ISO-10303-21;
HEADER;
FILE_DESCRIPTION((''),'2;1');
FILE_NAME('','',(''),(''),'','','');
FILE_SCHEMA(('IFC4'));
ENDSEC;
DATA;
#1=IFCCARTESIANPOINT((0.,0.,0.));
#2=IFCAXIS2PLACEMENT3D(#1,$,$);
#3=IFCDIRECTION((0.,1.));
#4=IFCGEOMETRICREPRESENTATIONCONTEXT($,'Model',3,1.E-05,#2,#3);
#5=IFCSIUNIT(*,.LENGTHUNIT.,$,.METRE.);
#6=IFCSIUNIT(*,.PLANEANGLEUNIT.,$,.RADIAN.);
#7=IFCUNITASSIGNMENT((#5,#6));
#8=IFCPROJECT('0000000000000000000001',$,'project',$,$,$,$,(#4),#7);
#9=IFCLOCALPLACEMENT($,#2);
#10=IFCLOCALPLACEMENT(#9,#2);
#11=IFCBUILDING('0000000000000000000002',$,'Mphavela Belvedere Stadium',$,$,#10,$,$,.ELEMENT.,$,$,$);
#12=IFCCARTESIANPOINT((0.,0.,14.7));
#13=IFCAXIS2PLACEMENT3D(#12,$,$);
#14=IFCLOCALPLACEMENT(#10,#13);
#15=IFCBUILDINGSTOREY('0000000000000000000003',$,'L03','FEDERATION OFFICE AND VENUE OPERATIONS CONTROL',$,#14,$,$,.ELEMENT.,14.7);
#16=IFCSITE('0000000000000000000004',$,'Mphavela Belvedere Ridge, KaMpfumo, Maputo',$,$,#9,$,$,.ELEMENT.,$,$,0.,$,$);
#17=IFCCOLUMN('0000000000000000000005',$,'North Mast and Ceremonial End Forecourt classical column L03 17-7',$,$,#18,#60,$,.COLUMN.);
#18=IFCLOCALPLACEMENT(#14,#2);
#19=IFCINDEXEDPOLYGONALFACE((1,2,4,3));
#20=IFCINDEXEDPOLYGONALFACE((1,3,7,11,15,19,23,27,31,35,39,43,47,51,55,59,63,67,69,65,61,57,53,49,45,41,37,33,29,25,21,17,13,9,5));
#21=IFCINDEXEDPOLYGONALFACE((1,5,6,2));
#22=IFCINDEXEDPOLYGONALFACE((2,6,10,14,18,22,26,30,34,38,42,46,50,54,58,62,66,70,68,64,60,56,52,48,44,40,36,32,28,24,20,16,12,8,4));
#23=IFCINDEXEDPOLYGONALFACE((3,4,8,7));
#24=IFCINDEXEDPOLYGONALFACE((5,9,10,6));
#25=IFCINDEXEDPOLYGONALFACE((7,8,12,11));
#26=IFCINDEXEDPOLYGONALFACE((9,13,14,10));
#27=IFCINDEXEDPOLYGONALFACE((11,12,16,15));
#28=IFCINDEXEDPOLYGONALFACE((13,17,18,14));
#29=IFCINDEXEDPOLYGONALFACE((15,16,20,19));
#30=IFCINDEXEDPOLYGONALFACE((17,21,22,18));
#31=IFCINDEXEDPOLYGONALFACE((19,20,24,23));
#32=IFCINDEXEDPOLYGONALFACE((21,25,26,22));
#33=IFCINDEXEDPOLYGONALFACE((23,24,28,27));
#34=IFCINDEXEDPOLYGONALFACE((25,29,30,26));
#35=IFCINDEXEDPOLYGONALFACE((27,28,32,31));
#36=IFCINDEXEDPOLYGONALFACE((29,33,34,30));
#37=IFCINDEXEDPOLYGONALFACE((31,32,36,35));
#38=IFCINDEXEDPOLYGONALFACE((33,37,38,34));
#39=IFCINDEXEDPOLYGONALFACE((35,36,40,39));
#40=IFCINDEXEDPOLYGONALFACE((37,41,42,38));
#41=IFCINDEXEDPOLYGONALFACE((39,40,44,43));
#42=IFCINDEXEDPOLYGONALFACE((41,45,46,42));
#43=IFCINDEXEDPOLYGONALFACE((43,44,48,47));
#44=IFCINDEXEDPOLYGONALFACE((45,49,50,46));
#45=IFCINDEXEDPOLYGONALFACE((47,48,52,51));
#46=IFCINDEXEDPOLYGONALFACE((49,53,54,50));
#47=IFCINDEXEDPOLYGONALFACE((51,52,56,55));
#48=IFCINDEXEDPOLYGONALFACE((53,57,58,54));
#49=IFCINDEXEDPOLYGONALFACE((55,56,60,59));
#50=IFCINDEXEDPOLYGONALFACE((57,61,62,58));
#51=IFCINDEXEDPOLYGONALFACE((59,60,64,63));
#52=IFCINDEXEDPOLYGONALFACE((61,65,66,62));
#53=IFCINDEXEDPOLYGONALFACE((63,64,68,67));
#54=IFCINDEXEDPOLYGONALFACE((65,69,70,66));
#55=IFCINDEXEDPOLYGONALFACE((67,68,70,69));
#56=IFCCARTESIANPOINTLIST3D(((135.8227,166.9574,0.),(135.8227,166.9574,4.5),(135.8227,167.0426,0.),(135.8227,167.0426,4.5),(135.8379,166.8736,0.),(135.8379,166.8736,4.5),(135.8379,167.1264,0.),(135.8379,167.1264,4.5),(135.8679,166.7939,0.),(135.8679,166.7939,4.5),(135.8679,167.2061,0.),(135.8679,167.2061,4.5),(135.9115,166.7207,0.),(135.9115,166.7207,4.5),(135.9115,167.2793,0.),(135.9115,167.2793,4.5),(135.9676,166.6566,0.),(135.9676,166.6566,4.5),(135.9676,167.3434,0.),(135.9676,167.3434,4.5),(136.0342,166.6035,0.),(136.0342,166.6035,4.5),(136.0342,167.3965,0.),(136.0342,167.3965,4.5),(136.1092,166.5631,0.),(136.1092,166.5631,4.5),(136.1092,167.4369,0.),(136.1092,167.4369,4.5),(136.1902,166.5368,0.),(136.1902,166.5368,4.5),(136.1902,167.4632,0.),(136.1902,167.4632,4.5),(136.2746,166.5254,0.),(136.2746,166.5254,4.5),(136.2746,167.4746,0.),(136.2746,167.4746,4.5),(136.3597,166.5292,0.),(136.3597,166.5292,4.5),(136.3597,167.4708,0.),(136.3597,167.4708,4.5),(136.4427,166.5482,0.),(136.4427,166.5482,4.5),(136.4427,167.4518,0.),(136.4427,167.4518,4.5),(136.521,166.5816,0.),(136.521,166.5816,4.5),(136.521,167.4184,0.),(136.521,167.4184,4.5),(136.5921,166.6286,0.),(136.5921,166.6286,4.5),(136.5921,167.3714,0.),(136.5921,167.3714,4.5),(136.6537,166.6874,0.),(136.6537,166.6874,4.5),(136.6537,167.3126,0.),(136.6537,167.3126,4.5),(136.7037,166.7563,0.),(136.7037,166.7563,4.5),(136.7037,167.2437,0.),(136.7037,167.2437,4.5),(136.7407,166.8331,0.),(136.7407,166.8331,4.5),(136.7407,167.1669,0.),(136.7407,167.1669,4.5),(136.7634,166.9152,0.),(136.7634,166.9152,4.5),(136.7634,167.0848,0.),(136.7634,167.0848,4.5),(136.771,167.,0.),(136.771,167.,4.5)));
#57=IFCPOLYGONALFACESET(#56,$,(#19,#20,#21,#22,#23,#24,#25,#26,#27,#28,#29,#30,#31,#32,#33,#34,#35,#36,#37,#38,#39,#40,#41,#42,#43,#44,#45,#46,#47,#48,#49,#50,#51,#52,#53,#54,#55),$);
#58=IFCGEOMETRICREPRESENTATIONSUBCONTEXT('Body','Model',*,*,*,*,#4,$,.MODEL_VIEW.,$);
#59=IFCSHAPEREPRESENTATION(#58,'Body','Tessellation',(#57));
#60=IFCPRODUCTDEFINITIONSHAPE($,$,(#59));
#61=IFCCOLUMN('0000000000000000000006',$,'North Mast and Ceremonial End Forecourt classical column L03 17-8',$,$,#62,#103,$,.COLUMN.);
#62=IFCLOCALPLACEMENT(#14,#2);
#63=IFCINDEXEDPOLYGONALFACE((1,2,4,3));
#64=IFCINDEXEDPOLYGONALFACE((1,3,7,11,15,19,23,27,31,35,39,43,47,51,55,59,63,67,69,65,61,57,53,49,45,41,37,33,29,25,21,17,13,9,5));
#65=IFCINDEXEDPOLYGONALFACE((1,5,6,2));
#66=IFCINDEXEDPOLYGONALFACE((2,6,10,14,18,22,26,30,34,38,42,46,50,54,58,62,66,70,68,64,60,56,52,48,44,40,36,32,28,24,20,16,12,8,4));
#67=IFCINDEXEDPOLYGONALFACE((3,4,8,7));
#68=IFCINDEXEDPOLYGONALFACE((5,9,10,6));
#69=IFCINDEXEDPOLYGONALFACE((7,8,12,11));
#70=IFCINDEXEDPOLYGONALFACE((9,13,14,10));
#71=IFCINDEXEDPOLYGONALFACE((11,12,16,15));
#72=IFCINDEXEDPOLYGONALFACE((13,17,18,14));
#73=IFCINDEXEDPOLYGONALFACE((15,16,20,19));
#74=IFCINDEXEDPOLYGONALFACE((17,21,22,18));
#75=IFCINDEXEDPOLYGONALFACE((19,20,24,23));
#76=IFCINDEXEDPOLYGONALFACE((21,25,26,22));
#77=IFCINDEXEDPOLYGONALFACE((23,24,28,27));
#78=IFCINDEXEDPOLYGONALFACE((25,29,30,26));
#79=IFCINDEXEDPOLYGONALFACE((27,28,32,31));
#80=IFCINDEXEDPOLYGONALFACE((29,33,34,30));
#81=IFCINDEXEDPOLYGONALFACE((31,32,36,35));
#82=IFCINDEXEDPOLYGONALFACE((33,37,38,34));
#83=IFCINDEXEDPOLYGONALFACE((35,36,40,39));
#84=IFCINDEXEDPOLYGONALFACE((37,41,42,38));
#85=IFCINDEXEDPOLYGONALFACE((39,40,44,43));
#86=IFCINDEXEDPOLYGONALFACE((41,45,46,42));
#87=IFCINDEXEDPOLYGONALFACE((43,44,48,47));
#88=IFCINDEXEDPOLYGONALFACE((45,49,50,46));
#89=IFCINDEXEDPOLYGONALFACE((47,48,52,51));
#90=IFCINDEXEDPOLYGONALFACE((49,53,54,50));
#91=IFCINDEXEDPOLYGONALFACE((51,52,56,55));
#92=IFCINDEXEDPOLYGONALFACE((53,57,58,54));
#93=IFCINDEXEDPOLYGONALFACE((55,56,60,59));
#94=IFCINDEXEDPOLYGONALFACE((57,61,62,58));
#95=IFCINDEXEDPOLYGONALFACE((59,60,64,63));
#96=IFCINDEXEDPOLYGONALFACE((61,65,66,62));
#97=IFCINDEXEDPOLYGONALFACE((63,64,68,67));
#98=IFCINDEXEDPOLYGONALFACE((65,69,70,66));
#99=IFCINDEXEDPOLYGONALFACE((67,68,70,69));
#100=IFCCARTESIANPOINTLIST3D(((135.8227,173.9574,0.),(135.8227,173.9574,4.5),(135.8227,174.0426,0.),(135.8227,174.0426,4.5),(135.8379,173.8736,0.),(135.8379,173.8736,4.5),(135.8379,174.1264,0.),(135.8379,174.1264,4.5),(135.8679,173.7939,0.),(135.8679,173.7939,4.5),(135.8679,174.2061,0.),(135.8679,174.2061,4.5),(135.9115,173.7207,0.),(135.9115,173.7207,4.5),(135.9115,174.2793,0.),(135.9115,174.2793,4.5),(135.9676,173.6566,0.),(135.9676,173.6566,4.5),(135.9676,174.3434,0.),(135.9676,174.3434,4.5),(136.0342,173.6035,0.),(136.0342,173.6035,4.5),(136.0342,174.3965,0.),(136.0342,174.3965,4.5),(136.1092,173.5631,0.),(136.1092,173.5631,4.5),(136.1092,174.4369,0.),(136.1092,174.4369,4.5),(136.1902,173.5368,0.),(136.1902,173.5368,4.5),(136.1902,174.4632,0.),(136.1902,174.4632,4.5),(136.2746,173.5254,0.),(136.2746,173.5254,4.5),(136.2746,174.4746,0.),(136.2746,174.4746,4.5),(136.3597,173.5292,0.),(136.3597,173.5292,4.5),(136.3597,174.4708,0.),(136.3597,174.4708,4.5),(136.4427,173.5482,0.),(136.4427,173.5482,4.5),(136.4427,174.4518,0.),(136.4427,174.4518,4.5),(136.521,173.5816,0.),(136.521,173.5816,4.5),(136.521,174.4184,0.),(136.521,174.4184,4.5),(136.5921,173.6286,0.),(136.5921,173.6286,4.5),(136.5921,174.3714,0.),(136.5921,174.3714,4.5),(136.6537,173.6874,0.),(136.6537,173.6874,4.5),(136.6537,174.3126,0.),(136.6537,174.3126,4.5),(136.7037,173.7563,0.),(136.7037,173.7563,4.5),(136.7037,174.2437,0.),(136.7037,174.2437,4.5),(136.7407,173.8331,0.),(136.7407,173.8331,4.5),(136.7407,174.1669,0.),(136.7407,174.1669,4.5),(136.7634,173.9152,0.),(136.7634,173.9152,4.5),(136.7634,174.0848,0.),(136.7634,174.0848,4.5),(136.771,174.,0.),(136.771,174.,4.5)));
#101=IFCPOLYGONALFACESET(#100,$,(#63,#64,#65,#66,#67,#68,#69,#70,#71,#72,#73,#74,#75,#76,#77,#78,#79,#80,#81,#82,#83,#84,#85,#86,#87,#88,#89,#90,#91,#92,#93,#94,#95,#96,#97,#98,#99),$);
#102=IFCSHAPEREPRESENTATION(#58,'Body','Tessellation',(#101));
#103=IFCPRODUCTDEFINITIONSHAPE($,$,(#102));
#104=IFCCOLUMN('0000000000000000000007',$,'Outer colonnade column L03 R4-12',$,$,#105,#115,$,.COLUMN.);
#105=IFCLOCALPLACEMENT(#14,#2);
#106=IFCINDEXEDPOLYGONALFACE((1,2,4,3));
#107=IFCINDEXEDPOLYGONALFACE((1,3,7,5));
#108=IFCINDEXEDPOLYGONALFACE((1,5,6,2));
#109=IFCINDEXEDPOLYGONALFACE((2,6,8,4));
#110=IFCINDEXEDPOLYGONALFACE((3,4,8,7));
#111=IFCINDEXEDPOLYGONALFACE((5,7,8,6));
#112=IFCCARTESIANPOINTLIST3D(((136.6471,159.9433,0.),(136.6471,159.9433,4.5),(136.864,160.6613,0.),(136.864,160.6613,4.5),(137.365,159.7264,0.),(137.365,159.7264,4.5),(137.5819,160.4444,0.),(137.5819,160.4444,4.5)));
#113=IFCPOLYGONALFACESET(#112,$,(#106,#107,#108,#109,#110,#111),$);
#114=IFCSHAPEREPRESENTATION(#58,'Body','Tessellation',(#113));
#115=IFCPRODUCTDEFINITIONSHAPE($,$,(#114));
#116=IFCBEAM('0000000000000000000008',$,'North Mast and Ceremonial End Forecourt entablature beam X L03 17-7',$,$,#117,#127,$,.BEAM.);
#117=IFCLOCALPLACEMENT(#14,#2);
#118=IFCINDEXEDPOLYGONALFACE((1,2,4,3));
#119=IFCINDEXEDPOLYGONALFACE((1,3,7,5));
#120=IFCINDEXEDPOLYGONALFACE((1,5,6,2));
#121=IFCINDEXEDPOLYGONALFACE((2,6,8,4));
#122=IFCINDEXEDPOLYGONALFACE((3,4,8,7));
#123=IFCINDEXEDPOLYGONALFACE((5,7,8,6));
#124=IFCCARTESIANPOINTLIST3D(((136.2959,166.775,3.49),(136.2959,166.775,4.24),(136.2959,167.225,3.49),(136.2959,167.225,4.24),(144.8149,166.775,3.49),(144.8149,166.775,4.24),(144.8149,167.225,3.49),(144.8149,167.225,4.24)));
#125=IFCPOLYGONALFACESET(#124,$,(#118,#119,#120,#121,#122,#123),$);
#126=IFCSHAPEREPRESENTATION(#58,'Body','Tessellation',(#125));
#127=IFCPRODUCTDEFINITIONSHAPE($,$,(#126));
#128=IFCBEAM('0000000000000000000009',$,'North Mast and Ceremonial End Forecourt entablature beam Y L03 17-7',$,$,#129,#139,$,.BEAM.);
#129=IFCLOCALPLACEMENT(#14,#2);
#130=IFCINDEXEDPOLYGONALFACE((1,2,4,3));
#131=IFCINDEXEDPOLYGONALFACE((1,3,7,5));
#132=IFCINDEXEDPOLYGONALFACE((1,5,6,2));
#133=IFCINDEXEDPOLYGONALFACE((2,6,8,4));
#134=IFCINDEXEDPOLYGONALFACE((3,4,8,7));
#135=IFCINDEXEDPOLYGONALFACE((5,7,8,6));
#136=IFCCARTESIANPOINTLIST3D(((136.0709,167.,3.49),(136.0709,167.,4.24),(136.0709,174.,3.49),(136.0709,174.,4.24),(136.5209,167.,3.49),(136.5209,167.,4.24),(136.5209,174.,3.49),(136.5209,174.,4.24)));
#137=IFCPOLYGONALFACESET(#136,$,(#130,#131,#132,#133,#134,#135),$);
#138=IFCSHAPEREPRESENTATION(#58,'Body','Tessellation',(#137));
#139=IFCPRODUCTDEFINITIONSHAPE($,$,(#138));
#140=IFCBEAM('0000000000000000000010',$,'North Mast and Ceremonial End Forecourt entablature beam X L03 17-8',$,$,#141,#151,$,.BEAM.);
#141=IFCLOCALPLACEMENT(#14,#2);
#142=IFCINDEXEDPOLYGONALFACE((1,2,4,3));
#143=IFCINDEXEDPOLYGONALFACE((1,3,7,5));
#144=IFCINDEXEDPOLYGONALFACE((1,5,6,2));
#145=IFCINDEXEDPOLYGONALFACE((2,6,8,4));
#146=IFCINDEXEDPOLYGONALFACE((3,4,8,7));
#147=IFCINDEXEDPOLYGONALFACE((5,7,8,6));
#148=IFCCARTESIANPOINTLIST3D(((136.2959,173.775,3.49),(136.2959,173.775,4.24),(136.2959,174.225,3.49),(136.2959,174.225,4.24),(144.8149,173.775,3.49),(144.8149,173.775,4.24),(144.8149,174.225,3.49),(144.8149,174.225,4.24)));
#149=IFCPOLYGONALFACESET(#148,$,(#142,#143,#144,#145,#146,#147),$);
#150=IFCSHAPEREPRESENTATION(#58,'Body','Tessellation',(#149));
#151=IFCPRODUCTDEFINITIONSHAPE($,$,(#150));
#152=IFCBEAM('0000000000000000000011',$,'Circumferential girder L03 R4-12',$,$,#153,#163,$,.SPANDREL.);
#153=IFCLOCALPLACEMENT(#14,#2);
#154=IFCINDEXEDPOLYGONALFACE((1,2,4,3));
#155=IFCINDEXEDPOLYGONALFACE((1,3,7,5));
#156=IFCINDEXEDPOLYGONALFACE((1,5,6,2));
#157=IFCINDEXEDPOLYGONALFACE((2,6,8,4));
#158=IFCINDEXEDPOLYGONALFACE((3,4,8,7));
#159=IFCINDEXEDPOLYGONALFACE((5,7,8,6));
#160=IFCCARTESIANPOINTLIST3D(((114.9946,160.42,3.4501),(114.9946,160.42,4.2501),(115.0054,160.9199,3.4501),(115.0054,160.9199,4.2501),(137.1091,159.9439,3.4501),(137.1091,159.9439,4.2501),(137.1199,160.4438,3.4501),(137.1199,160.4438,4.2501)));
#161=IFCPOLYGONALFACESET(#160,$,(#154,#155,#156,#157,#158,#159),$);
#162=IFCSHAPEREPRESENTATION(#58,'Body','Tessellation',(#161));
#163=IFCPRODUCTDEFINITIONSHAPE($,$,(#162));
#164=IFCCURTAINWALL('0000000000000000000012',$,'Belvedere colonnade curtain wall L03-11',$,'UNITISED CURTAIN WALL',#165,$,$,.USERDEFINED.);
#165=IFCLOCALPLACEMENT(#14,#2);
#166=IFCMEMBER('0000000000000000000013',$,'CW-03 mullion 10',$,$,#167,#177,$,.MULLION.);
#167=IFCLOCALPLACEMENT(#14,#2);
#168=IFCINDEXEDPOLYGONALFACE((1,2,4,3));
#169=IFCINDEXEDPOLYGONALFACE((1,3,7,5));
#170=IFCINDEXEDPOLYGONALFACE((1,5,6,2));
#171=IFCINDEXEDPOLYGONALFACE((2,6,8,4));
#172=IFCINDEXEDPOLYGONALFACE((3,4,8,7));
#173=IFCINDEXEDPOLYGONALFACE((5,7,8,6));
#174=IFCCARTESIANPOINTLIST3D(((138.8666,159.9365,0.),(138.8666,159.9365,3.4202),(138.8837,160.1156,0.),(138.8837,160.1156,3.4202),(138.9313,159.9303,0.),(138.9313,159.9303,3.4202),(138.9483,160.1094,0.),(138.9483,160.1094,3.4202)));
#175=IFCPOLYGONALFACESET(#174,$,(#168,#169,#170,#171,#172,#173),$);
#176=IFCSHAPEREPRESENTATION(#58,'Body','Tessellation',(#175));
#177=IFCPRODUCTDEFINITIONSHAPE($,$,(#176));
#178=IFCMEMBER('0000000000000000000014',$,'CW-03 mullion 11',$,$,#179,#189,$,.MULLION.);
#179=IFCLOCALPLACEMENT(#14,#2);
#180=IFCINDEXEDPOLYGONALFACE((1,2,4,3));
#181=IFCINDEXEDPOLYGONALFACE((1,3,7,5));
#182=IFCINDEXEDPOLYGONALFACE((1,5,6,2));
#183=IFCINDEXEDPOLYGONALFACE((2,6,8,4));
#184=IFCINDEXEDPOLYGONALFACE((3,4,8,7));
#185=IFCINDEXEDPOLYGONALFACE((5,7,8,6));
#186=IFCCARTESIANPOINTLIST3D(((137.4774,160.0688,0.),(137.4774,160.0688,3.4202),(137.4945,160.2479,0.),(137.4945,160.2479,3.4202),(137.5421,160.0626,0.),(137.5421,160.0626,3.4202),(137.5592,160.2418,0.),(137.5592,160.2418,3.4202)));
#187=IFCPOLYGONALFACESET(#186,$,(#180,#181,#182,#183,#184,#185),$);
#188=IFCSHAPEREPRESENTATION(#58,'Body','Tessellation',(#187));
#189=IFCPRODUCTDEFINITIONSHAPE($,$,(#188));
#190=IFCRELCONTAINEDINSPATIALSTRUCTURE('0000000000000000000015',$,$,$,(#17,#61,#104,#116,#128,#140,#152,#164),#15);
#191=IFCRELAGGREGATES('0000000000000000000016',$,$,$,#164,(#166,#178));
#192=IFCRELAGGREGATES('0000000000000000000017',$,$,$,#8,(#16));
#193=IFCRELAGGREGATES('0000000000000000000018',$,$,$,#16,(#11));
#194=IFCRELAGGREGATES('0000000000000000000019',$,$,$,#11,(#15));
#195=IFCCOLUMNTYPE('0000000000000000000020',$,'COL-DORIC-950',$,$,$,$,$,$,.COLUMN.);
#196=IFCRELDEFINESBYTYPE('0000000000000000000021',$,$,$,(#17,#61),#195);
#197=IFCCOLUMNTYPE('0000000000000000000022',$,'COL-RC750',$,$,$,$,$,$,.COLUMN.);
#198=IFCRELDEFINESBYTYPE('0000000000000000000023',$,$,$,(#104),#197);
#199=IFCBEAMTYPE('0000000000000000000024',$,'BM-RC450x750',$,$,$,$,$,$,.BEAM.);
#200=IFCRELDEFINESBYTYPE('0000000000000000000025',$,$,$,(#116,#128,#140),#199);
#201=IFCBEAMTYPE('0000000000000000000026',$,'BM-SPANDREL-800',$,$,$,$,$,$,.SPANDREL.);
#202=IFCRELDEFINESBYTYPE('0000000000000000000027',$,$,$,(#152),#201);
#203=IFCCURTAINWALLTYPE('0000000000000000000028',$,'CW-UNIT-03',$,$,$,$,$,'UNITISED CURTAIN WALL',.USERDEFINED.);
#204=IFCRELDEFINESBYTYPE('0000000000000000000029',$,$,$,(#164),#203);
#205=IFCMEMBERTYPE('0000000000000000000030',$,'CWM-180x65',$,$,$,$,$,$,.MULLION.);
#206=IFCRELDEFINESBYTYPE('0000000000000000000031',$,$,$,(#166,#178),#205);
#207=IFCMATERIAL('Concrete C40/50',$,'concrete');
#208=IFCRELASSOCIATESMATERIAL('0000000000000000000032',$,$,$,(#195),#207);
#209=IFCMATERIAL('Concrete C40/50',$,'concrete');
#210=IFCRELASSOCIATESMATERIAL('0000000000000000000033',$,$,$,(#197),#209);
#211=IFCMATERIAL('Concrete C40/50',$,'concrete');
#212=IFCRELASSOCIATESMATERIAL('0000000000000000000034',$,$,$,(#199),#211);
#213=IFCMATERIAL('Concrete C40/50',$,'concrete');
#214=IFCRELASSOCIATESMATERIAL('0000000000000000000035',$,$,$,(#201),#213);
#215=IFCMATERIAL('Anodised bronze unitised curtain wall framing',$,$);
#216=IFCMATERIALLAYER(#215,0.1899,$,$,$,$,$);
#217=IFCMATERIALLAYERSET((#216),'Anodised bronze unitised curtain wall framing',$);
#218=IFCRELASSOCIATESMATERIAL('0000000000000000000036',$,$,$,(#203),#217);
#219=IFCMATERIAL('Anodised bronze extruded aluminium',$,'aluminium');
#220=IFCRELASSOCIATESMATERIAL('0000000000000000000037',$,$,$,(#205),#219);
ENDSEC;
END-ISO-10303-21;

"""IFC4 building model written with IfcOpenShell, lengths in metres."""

from ifc_helpers import new_model, si_unit, direction, frame, origin, origin_2d, place, context, subcontext, project, spatial, rectangle, circle, extrude, material, layer, layer_set, material_profile, profile_set, type_object, element, aggregate, save


model = new_model("IFC4")

# Units and contexts
model_context = context("Model", 3, precision=1e-05, world=origin(), true_north=direction((0.0, 1.0)))
body_context = subcontext(model_context, "Body", "Model", "MODEL_VIEW")
ifc_project = project(units=[si_unit("LENGTHUNIT", "METRE"), si_unit("PLANEANGLEUNIT", "RADIAN")], contexts=[model_context])

# Site, building, storey
site_placement = place(None, origin())
site = spatial("IfcSite", under=ifc_project, at=site_placement, Name="Mphavela Belvedere Ridge, KaMpfumo, Maputo", CompositionType="ELEMENT", RefElevation=0.0)
building_placement = place(site_placement, origin())
building = spatial("IfcBuilding", under=site, at=building_placement, Name="Mphavela Belvedere Stadium", CompositionType="ELEMENT")
storey_placement = place(building_placement, frame((0.0, 0.0, 14.7)))
storey = spatial("IfcBuildingStorey", under=building, at=storey_placement, Name="L03", Description="FEDERATION OFFICE AND VENUE OPERATIONS CONTROL", CompositionType="ELEMENT", Elevation=14.7)

# Columns
ifc_material_1 = material(Name="Concrete C40/50", Category="concrete")
ifc_material_profile_1 = material_profile(ifc_material_1, circle(Radius=0.4751, at=origin_2d()), Name="COL D950")
ifc_profile_set_1 = profile_set([ifc_material_profile_1], Name="Concrete C40/50")
column_type_1 = type_object("IfcColumnType", Name="COL-DORIC-950", PredefinedType="COLUMN", material=ifc_profile_set_1)
for number, where, z_axis, x_axis, name in (
    (1, (136.2959, 167.0, 0.0), (0.0, 0.0, 1.0), (1.0, 0.0, 0.0), "North Mast and Ceremonial End Forecourt classical column L03 17-7"),
    (2, (136.2959, 174.0, 0.0), (0.0, 0.0, 1.0), (1.0, 0.0, 0.0), "North Mast and Ceremonial End Forecourt classical column L03 17-8"),
):
    element("IfcColumn", number, at=place(storey_placement, frame(where, z_axis=z_axis, x_axis=x_axis)), inside=storey, type_object=column_type_1, Name=name, PredefinedType="COLUMN", context=body_context, shape_type="SweptSolid", body=[
        extrude(circle(Radius=0.4751, at=origin_2d()), origin(), (0.0, 0.0, 1.0), 4.5),
    ])
ifc_material_2 = material(Name="Concrete C40/50", Category="concrete")
ifc_material_profile_2 = material_profile(ifc_material_2, rectangle(XDim=0.75, YDim=0.75, at=origin_2d()), Name="RC 750x750")
ifc_profile_set_2 = profile_set([ifc_material_profile_2], Name="Concrete C40/50")
column_type_2 = type_object("IfcColumnType", Name="COL-RC750", PredefinedType="COLUMN", material=ifc_profile_set_2)
column_placement = place(storey_placement, frame((137.1145, 160.1938, 0.0), z_axis=(0.0, 0.0, 1.0), x_axis=(0.289199, 0.957269, 0.0)))
element("IfcColumn", 3, at=column_placement, inside=storey, type_object=column_type_2, Name="Outer colonnade column L03 R4-12", PredefinedType="COLUMN", context=body_context, shape_type="SweptSolid", body=[
    extrude(rectangle(XDim=0.75, YDim=0.75, at=origin_2d()), origin(), (0.0, 0.0, 1.0), 4.5),
])

# Beams
ifc_material_3 = material(Name="Concrete C40/50", Category="concrete")
ifc_material_profile_3 = material_profile(ifc_material_3, rectangle(XDim=0.45, YDim=0.75, at=origin_2d()), Name="RC 450x750")
ifc_profile_set_3 = profile_set([ifc_material_profile_3], Name="Concrete C40/50")
beam_type_1 = type_object("IfcBeamType", Name="BM-RC450x750", PredefinedType="BEAM", material=ifc_profile_set_3)
beam_1_placement = place(storey_placement, frame((136.2959, 167.0, 3.865), z_axis=(1.0, 0.0, 0.0), x_axis=(0.0, 1.0, 0.0)))
element("IfcBeam", 4, at=beam_1_placement, inside=storey, type_object=beam_type_1, Name="North Mast and Ceremonial End Forecourt entablature beam X L03 17-7", PredefinedType="BEAM", context=body_context, shape_type="SweptSolid", body=[
    extrude(rectangle(XDim=0.45, YDim=0.75, at=origin_2d()), origin(), (0.0, 0.0, 1.0), 8.519),
])
beam_2_placement = place(storey_placement, frame((136.2959, 167.0, 3.865), z_axis=(0.0, 1.0, 0.0), x_axis=(-1.0, 0.0, 0.0)))
element("IfcBeam", 5, at=beam_2_placement, inside=storey, type_object=beam_type_1, Name="North Mast and Ceremonial End Forecourt entablature beam Y L03 17-7", PredefinedType="BEAM", context=body_context, shape_type="SweptSolid", body=[
    extrude(rectangle(XDim=0.45, YDim=0.75, at=origin_2d()), origin(), (0.0, 0.0, 1.0), 7.0),
])
beam_3_placement = place(storey_placement, frame((136.2959, 174.0, 3.865), z_axis=(1.0, 0.0, 0.0), x_axis=(0.0, 1.0, 0.0)))
element("IfcBeam", 6, at=beam_3_placement, inside=storey, type_object=beam_type_1, Name="North Mast and Ceremonial End Forecourt entablature beam X L03 17-8", PredefinedType="BEAM", context=body_context, shape_type="SweptSolid", body=[
    extrude(rectangle(XDim=0.45, YDim=0.75, at=origin_2d()), origin(), (0.0, 0.0, 1.0), 8.519),
])
ifc_material_4 = material(Name="Concrete C40/50", Category="concrete")
ifc_material_profile_4 = material_profile(ifc_material_4, rectangle(XDim=0.5, YDim=0.8, at=origin_2d()), Name="RC 500x800")
ifc_profile_set_4 = profile_set([ifc_material_profile_4], Name="Concrete C40/50")
beam_type_2 = type_object("IfcBeamType", Name="BM-SPANDREL-800", PredefinedType="SPANDREL", material=ifc_profile_set_4)
beam_4_placement = place(storey_placement, frame((137.1145, 160.1938, 3.8501), z_axis=(-0.999768, 0.021523, 0.0), x_axis=(-0.021523, -0.999768, 0.0)))
element("IfcBeam", 7, at=beam_4_placement, inside=storey, type_object=beam_type_2, Name="Circumferential girder L03 R4-12", PredefinedType="SPANDREL", context=body_context, shape_type="SweptSolid", body=[
    extrude(rectangle(XDim=0.5, YDim=0.8, at=origin_2d()), origin(), (0.0, 0.0, 1.0), 22.1196),
])

# Curtain wall, members
ifc_material_5 = material(Name="Anodised bronze unitised curtain wall framing")
ifc_layer_1 = layer(ifc_material_5, 0.1899)
ifc_layer_set_1 = layer_set([ifc_layer_1], Name="Anodised bronze unitised curtain wall framing")
curtain_wall_type_1 = type_object("IfcCurtainWallType", Name="CW-UNIT-03", ElementType="UNITISED CURTAIN WALL", PredefinedType="USERDEFINED", material=ifc_layer_set_1)
curtain_wall_1_placement = place(storey_placement, origin())
curtain_wall_1 = element("IfcCurtainWall", 8, at=curtain_wall_1_placement, inside=storey, type_object=curtain_wall_type_1, Name="Belvedere colonnade curtain wall L03-11", ObjectType="UNITISED CURTAIN WALL", PredefinedType="USERDEFINED")
ifc_material_6 = material(Name="Anodised bronze extruded aluminium", Category="aluminium")
ifc_material_profile_5 = material_profile(ifc_material_6, rectangle(XDim=0.1799, YDim=0.0649, at=origin_2d()), Name="CW-MUL 180x65")
ifc_profile_set_5 = profile_set([ifc_material_profile_5], Name="Anodised bronze extruded aluminium")
member_type_1 = type_object("IfcMemberType", Name="CWM-180x65", PredefinedType="MULLION", material=ifc_profile_set_5)
member_1_placement = place(storey_placement, frame((138.9075, 160.0229, 0.0), z_axis=(0.0, 0.0, 1.0), x_axis=(-0.094929, -0.995484, 0.0)))
member_1 = element("IfcMember", 9, at=member_1_placement, type_object=member_type_1, Name="CW-03 mullion 10", PredefinedType="MULLION", context=body_context, shape_type="SweptSolid", body=[
    extrude(rectangle(XDim=0.1799, YDim=0.0649, at=origin_2d()), origin(), (0.0, 0.0, 1.0), 3.4202),
])
member_2_placement = place(storey_placement, frame((137.5183, 160.1553, 0.0), z_axis=(0.0, 0.0, 1.0), x_axis=(-0.094929, -0.995484, 0.0)))
member_2 = element("IfcMember", 10, at=member_2_placement, type_object=member_type_1, Name="CW-03 mullion 11", PredefinedType="MULLION", context=body_context, shape_type="SweptSolid", body=[
    extrude(rectangle(XDim=0.1799, YDim=0.0649, at=origin_2d()), origin(), (0.0, 0.0, 1.0), 3.4202),
])

aggregate(curtain_wall_1, [member_1, member_2])

save(model, "model.ifc")
